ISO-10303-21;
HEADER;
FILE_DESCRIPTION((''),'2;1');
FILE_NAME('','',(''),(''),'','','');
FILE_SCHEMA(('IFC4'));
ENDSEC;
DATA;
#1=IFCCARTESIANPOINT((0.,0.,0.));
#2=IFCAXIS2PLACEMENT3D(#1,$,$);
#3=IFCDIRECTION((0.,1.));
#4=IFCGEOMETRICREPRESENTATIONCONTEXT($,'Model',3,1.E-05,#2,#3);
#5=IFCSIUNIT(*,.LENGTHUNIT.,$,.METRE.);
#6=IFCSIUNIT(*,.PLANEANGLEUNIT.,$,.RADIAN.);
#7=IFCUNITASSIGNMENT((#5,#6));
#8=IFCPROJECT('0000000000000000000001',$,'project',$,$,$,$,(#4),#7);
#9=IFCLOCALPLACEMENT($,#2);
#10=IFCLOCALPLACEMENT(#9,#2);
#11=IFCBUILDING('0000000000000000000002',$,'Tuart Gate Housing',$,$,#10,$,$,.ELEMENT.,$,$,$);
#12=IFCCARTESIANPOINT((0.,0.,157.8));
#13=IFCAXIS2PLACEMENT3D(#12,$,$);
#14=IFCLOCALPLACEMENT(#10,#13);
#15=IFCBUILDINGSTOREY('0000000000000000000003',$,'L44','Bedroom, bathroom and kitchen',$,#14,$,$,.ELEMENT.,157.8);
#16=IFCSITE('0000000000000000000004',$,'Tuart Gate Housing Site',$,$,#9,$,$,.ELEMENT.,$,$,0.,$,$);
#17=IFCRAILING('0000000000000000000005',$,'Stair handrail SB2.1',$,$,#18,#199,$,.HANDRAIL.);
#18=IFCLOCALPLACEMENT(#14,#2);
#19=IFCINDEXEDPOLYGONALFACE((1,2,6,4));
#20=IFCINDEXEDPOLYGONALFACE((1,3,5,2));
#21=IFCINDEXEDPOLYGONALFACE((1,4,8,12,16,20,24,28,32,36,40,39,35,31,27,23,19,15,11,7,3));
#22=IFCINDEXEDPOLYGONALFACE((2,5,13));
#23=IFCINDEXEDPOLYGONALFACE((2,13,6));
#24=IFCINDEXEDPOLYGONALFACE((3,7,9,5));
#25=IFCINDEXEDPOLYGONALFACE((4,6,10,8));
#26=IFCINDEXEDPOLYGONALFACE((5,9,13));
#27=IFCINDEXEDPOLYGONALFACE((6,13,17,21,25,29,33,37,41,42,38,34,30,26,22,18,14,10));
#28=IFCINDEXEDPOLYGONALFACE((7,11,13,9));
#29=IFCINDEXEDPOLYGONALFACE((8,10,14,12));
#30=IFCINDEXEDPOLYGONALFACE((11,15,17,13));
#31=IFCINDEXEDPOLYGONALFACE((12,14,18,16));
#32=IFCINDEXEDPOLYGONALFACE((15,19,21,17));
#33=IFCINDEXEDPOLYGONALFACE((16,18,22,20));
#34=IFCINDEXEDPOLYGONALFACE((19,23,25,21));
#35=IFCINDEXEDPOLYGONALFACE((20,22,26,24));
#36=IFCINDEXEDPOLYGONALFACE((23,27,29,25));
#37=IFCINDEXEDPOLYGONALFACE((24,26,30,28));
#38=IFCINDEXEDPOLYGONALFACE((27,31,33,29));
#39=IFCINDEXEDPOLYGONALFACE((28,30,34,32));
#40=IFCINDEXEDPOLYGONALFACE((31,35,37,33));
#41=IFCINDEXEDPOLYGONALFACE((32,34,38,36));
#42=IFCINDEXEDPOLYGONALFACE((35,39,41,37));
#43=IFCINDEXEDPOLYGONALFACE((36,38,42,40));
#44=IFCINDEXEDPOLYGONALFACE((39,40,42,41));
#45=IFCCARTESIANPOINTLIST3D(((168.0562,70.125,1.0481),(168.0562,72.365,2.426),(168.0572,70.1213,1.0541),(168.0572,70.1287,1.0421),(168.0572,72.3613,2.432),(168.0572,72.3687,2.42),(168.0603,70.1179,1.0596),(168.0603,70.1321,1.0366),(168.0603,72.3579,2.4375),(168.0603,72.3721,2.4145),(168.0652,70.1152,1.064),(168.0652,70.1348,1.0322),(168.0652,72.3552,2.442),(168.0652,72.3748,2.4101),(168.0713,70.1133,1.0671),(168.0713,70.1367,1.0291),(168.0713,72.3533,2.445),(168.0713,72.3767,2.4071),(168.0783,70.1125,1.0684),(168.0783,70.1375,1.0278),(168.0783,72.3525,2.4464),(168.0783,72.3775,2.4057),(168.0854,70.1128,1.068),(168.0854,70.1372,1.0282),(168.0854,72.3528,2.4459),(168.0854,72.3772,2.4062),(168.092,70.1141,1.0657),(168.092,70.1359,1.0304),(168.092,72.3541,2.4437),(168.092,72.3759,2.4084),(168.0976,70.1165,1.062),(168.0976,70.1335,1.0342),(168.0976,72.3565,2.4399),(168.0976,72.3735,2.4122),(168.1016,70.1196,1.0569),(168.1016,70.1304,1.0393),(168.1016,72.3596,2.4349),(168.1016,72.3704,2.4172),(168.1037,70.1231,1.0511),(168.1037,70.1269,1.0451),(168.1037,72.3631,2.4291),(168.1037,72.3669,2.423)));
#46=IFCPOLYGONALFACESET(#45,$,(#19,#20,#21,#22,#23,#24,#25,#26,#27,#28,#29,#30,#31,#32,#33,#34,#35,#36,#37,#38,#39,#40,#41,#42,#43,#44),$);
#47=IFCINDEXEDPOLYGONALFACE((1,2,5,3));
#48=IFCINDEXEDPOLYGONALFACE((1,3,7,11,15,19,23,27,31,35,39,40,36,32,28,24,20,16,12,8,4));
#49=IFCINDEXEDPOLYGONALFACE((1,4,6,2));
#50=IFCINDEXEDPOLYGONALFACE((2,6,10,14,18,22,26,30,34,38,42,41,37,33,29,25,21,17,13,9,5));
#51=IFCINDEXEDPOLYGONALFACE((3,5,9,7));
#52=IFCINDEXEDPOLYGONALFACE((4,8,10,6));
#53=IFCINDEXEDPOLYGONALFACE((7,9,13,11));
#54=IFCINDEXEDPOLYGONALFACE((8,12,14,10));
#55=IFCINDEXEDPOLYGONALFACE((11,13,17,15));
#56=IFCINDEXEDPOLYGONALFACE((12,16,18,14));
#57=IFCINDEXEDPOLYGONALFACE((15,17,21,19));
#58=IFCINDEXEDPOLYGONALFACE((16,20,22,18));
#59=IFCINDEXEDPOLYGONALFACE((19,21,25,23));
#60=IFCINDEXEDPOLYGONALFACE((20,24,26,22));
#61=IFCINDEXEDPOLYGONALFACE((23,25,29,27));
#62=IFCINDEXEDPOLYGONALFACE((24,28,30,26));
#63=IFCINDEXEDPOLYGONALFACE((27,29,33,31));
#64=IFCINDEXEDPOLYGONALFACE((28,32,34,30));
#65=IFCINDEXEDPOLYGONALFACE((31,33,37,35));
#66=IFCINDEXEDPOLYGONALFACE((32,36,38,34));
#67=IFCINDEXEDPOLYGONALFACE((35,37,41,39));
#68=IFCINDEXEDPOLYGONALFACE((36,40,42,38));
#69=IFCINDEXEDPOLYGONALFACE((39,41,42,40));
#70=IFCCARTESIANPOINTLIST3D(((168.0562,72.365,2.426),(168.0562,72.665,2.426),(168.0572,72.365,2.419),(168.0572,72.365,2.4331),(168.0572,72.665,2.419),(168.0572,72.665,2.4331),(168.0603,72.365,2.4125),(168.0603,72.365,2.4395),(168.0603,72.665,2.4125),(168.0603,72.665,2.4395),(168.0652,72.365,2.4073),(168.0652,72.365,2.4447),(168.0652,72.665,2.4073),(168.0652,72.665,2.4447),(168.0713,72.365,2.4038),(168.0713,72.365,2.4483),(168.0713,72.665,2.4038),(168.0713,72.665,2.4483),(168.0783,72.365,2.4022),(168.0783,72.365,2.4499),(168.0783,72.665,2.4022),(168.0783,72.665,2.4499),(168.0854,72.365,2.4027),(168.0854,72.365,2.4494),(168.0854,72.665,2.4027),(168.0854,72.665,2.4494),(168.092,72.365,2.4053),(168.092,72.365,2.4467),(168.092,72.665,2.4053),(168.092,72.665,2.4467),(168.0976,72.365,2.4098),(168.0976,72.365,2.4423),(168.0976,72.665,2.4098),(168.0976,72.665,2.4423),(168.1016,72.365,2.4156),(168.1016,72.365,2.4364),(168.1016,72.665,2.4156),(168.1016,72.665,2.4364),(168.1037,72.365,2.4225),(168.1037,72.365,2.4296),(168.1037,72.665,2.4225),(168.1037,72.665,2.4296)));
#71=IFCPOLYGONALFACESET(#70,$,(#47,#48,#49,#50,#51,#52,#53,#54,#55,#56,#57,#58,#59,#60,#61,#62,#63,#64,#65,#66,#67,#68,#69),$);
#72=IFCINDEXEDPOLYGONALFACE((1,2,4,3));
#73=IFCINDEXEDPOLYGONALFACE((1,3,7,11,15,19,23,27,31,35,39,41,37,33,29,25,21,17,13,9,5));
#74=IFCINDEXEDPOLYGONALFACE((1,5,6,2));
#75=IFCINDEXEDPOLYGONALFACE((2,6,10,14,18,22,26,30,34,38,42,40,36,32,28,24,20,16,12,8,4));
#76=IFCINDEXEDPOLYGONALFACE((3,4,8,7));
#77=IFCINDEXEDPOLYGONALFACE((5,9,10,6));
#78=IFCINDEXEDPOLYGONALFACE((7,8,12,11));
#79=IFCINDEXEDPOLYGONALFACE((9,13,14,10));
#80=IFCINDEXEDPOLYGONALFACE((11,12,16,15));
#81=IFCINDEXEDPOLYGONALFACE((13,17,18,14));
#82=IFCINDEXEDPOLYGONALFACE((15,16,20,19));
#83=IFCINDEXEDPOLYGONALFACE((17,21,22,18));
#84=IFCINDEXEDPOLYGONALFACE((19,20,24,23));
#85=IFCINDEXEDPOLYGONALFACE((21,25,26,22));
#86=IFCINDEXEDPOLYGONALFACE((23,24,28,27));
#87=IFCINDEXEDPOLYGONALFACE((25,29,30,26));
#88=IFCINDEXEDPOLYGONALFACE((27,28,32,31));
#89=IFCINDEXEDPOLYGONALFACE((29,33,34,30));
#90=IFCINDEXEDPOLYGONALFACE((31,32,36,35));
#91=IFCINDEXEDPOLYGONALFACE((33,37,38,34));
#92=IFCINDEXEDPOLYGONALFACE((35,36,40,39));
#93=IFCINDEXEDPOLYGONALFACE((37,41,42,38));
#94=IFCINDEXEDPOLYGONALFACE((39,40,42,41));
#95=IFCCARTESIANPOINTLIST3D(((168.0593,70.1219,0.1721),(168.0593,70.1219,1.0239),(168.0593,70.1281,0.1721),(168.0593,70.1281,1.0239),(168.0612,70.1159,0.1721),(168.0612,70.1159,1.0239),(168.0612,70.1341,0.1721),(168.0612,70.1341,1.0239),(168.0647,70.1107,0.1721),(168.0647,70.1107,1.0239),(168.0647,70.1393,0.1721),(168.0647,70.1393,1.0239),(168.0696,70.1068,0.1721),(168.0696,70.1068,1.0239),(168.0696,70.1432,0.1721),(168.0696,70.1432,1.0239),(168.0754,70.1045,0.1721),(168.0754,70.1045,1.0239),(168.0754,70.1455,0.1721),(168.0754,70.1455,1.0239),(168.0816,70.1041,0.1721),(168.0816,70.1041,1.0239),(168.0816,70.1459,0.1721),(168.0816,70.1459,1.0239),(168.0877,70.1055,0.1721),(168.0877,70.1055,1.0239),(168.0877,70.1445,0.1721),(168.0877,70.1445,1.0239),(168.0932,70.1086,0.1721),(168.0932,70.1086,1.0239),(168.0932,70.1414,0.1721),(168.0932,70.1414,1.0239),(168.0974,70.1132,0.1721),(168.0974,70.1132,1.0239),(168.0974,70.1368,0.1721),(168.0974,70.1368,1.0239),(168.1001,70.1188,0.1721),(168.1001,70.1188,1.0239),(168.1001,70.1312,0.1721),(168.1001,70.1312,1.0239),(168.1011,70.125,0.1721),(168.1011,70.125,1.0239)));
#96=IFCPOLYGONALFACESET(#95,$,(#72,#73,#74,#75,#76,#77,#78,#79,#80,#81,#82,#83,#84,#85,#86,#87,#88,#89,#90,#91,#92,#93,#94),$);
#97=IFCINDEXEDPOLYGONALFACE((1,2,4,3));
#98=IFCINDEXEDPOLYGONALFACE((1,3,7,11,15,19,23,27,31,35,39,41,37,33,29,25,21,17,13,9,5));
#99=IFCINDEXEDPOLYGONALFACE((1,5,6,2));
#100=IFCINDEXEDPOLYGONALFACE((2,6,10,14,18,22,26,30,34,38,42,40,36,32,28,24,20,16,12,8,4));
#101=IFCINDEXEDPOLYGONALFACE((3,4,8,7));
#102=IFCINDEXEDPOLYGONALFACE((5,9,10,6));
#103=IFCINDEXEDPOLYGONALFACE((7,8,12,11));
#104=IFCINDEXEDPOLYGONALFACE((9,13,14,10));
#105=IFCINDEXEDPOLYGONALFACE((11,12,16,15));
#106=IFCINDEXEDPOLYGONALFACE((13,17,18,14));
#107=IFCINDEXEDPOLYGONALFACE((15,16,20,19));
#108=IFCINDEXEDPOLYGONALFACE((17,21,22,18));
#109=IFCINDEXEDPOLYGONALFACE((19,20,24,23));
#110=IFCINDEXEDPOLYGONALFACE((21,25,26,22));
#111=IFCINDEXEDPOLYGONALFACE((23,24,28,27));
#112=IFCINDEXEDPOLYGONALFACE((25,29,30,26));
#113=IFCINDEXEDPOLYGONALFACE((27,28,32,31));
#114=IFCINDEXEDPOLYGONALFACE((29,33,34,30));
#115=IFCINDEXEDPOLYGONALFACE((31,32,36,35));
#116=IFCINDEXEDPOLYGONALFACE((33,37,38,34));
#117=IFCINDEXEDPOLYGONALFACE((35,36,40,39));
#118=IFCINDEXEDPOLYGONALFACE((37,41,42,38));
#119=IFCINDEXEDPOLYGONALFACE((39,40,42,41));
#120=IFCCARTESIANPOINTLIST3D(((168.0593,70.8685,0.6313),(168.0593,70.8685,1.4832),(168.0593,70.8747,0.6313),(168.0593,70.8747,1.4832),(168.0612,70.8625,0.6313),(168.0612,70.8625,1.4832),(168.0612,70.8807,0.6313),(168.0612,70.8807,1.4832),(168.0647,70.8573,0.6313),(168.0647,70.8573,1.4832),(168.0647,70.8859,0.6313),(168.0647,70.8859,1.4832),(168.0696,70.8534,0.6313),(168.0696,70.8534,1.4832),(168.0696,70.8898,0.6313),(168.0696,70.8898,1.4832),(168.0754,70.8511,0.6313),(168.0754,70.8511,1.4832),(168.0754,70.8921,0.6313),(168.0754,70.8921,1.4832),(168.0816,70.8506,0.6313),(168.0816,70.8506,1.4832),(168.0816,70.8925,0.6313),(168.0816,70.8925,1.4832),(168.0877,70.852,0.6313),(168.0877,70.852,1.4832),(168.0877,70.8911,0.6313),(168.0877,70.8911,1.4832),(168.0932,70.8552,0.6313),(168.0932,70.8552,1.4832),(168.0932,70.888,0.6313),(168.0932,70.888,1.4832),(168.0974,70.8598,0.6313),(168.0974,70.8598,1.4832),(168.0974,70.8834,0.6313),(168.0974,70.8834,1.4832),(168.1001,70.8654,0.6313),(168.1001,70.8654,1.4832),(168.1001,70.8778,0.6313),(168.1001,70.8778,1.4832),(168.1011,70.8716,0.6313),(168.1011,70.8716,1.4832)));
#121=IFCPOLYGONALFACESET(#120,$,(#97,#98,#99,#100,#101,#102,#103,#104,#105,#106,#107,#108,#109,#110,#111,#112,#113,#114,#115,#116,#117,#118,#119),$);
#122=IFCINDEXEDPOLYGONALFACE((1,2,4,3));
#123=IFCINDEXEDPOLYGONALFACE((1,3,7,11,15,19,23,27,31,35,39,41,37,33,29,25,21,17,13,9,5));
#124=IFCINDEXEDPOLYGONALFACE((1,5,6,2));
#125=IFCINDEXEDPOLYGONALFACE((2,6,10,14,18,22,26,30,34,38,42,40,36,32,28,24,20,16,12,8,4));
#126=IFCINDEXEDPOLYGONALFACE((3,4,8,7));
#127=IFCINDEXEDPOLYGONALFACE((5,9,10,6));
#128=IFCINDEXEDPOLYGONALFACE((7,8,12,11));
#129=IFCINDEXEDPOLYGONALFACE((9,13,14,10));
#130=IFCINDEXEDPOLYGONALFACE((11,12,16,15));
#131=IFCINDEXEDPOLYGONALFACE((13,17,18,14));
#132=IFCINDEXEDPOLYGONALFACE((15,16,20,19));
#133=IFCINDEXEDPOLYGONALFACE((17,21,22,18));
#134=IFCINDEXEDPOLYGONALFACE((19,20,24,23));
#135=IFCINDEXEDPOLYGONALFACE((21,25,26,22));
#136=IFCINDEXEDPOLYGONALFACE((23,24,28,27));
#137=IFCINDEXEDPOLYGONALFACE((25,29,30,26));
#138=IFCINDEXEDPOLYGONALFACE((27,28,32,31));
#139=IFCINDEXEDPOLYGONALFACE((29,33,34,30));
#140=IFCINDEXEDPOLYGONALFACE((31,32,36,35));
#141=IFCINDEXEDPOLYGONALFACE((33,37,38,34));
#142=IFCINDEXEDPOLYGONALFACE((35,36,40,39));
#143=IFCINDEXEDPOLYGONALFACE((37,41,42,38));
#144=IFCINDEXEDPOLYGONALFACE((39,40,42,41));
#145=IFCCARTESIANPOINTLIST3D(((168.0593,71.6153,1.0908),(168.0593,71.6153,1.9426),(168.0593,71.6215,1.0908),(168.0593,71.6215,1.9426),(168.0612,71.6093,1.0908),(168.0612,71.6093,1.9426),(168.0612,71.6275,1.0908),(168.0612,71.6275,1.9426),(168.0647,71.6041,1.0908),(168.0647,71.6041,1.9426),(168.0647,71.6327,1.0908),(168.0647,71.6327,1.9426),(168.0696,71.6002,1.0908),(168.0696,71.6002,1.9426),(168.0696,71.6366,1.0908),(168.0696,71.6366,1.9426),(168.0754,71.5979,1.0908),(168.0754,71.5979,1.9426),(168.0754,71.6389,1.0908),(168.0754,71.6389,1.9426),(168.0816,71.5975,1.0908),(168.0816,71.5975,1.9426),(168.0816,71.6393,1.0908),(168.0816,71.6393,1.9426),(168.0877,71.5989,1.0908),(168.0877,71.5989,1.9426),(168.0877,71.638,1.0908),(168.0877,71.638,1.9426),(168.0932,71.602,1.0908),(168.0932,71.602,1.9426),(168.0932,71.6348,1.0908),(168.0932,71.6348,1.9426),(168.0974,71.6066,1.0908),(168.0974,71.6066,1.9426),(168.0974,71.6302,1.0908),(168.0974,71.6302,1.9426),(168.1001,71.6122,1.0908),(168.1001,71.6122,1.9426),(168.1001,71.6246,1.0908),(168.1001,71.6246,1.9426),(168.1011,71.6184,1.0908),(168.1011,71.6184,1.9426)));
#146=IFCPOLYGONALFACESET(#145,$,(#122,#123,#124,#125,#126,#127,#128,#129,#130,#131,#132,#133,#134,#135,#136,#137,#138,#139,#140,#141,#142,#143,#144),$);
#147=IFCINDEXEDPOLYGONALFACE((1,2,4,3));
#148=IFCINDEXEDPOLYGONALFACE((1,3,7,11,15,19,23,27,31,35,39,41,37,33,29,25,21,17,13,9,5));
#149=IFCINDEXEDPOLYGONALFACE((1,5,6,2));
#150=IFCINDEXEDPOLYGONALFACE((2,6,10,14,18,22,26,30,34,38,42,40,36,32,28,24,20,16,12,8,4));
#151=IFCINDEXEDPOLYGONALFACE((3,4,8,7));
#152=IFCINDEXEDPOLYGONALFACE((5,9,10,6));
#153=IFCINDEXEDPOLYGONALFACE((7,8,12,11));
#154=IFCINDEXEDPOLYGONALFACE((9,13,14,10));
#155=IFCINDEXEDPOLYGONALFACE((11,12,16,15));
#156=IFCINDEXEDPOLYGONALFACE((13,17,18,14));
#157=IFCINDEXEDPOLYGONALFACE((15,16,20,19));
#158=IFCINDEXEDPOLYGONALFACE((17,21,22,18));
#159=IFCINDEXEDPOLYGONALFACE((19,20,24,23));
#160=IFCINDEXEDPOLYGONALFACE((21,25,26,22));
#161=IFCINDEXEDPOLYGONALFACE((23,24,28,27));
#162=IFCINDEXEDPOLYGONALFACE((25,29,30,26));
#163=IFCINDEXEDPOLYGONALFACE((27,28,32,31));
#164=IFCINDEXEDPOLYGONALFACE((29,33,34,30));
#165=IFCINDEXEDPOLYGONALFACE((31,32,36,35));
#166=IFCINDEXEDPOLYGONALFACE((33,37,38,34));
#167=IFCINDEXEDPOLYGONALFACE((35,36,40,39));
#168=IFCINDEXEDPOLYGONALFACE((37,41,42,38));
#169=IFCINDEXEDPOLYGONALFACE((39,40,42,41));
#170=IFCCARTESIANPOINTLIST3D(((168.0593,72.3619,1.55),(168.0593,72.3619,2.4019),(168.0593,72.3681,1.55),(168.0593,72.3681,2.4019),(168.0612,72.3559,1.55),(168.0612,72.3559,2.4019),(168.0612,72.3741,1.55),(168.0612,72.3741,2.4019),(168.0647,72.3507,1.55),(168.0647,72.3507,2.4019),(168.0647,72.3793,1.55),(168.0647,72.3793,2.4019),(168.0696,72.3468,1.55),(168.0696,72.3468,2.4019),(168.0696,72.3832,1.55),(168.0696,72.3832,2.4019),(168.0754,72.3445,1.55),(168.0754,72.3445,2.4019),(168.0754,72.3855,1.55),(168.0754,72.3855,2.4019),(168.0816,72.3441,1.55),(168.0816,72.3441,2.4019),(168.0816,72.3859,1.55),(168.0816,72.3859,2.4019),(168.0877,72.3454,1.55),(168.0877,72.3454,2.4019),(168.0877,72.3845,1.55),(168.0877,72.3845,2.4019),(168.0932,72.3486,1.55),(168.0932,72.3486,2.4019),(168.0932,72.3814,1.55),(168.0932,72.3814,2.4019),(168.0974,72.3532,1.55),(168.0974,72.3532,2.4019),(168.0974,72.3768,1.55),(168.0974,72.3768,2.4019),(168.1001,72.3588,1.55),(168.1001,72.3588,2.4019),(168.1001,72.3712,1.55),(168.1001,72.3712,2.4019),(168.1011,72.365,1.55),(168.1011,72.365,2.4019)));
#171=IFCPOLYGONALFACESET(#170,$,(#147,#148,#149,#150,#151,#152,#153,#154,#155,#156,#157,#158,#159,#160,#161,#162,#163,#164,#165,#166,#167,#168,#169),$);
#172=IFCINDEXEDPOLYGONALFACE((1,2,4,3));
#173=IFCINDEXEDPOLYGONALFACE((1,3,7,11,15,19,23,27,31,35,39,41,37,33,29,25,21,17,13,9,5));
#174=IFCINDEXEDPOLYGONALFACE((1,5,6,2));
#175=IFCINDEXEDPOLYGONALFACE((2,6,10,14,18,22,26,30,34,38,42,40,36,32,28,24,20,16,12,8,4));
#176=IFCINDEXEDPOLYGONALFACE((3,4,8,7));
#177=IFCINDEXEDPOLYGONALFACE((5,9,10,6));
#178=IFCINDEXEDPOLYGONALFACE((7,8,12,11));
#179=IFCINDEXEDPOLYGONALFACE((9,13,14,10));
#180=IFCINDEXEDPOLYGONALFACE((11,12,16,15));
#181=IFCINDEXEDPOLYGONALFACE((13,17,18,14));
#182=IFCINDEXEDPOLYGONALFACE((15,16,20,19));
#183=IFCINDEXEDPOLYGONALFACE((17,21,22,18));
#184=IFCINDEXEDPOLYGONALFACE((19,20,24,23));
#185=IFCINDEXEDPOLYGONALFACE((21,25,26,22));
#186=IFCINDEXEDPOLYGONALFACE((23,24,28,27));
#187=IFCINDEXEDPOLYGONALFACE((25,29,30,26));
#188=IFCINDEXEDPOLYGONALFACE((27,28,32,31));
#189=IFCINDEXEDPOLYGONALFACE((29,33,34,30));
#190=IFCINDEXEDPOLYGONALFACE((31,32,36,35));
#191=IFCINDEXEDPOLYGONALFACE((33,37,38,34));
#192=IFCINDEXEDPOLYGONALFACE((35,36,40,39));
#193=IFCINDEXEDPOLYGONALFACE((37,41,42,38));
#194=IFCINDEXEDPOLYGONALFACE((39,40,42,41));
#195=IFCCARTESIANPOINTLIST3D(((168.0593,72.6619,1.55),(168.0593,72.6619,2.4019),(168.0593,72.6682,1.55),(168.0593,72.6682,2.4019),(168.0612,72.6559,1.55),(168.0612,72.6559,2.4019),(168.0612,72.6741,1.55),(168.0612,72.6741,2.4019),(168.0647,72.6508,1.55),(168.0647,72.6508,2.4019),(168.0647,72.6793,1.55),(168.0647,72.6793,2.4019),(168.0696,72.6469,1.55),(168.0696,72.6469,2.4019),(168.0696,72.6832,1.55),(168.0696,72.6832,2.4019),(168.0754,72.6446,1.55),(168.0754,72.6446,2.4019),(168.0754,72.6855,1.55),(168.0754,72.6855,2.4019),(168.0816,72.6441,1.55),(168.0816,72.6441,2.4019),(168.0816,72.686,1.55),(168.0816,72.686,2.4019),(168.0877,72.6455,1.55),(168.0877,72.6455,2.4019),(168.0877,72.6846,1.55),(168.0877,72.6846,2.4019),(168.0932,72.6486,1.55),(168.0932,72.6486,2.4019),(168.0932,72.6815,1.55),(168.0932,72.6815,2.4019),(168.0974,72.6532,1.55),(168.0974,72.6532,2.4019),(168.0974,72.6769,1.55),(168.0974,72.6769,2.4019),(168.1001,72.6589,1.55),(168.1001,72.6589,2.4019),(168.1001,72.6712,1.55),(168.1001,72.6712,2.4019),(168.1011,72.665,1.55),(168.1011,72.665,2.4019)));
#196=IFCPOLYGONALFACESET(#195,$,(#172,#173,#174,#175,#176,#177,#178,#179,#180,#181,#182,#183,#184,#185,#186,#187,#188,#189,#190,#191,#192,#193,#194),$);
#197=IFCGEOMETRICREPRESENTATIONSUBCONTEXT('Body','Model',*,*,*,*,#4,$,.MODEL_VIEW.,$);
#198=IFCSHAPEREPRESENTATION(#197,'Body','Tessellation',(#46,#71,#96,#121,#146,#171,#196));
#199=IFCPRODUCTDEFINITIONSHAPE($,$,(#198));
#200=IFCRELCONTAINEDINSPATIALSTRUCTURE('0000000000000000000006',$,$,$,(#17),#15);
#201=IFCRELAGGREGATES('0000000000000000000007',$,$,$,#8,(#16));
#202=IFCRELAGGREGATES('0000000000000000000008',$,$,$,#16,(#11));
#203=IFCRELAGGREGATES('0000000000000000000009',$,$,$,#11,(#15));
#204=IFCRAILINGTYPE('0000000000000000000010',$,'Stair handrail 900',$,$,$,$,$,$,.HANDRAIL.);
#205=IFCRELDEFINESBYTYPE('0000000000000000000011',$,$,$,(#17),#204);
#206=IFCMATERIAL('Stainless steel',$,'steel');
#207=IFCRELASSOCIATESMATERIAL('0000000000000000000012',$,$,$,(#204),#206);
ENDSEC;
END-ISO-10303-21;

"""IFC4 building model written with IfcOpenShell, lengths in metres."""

from ifc_helpers import new_model, si_unit, direction, frame, origin, origin_2d, place, context, subcontext, project, spatial, circle, extrude, material, type_object, element, save


model = new_model("IFC4")

# Units and contexts
model_context = context("Model", 3, precision=1e-05, world=origin(), true_north=direction((0.0, 1.0)))
body_context = subcontext(model_context, "Body", "Model", "MODEL_VIEW")
ifc_project = project(units=[si_unit("LENGTHUNIT", "METRE"), si_unit("PLANEANGLEUNIT", "RADIAN")], contexts=[model_context])

# Site, building, storey
site_placement = place(None, origin())
site = spatial("IfcSite", under=ifc_project, at=site_placement, Name="Tuart Gate Housing Site", CompositionType="ELEMENT", RefElevation=0.0)
building_placement = place(site_placement, origin())
building = spatial("IfcBuilding", under=site, at=building_placement, Name="Tuart Gate Housing", CompositionType="ELEMENT")
storey_placement = place(building_placement, frame((0.0, 0.0, 157.8)))
storey = spatial("IfcBuildingStorey", under=building, at=storey_placement, Name="L44", Description="Bedroom, bathroom and kitchen", CompositionType="ELEMENT", Elevation=157.8)

# Railing
ifc_material_1 = material(Name="Stainless steel", Category="steel")
railing_type = type_object("IfcRailingType", Name="Stair handrail 900", PredefinedType="HANDRAIL", material=ifc_material_1)
railing_placement = place(storey_placement, frame((168.0801, 70.125, 0.1721)))
element("IfcRailing", 1, at=railing_placement, inside=storey, type_object=railing_type, Name="Stair handrail SB2.1", PredefinedType="HANDRAIL", context=body_context, shape_type="SweptSolid", body=[
    extrude(circle(Radius=0.0239, at=origin_2d()), frame((0.0, 0.0, 0.876), z_axis=(0.0, 0.851748, 0.523952), x_axis=(-1.0, 0.0, 0.0)), (0.0, 0.0, 1.0), 2.6299),
    extrude(circle(Radius=0.0239, at=origin_2d()), frame((0.0, 2.24, 2.2539), z_axis=(0.0, 1.0, 0.0), x_axis=(-1.0, 0.0, 0.0)), (0.0, 0.0, 1.0), 0.3),
    extrude(circle(Radius=0.021, at=origin_2d()), origin(), (0.0, 0.0, 1.0), 0.8518),
    extrude(circle(Radius=0.021, at=origin_2d()), frame((0.0, 0.7466, 0.4592)), (0.0, 0.0, 1.0), 0.8518),
    extrude(circle(Radius=0.021, at=origin_2d()), frame((0.0, 1.4934, 0.9187)), (0.0, 0.0, 1.0), 0.8518),
    extrude(circle(Radius=0.021, at=origin_2d()), frame((0.0, 2.24, 1.3779)), (0.0, 0.0, 1.0), 0.8518),
    extrude(circle(Radius=0.021, at=origin_2d()), frame((0.0, 2.54, 1.3779)), (0.0, 0.0, 1.0), 0.8518),
])

save(model, "model.ifc")
